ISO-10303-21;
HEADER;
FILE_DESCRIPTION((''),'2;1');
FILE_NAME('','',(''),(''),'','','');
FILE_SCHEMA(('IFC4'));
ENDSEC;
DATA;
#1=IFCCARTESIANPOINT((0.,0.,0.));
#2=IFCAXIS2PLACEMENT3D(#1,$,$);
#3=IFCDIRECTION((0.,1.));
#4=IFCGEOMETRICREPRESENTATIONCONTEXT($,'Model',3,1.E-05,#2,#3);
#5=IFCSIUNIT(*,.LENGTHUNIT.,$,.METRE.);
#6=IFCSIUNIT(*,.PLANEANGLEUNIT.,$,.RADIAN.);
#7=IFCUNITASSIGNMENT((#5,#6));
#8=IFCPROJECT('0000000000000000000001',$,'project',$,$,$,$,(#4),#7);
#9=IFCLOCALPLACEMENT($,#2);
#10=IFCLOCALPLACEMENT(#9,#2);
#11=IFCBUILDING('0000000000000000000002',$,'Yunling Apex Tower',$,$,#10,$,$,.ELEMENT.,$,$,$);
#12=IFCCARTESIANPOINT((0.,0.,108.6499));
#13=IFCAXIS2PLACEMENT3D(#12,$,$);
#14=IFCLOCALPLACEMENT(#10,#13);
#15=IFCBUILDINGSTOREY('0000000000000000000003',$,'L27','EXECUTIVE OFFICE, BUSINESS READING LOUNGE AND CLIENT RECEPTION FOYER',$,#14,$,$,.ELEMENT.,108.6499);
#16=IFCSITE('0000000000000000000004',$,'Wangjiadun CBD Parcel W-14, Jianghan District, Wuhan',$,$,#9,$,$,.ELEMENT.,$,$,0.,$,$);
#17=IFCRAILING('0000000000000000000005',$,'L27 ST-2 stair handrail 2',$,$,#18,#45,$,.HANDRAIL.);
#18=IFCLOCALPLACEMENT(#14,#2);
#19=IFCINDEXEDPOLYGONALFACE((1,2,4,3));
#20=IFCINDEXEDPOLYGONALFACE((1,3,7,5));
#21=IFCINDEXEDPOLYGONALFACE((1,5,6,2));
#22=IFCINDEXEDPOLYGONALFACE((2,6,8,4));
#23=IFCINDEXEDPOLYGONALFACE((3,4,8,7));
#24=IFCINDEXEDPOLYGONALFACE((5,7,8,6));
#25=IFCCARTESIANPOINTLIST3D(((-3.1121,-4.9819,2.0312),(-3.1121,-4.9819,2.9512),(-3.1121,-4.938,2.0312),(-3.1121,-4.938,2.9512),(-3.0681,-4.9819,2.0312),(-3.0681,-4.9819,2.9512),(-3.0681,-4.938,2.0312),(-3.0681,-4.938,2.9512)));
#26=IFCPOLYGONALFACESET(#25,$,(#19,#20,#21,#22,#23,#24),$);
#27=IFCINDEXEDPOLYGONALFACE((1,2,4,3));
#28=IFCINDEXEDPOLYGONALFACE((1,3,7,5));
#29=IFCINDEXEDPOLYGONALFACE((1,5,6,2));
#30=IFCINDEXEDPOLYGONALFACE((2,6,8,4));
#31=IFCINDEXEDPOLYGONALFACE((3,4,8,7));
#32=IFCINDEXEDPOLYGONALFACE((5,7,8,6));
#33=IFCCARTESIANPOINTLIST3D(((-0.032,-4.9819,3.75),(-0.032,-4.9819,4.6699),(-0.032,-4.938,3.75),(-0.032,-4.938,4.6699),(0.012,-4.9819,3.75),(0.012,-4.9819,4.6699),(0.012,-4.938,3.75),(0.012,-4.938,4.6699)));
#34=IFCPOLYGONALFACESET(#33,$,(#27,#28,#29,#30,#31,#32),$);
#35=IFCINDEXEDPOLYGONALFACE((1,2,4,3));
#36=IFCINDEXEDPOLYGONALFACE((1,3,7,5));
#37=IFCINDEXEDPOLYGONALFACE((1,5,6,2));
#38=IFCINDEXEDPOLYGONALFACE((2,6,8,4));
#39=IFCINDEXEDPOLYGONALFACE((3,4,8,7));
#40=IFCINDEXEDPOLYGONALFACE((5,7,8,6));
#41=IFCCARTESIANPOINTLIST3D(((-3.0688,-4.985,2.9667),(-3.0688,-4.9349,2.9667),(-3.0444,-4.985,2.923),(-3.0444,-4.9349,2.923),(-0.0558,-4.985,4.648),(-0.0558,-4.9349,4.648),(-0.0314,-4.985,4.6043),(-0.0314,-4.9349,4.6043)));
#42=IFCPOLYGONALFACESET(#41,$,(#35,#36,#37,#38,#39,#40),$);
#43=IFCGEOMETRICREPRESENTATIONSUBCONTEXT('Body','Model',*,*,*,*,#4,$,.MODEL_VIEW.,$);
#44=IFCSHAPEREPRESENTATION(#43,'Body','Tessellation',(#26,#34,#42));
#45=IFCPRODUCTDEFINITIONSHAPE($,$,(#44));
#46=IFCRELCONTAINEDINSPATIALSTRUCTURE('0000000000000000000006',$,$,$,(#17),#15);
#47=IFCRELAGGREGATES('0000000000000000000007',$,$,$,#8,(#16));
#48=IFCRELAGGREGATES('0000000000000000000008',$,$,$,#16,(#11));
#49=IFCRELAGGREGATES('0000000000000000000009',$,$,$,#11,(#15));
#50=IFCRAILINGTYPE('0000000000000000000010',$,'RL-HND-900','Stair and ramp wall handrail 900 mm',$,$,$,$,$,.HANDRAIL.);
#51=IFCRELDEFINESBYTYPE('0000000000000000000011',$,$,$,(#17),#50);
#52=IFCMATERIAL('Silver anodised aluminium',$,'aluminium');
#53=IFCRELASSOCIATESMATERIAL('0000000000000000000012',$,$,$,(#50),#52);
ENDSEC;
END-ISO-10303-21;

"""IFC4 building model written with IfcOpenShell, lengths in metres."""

from ifc_helpers import new_model, si_unit, direction, frame, origin, origin_2d, place, context, subcontext, project, spatial, rectangle, extrude, material, type_object, element, save


model = new_model("IFC4")

# Units and contexts
model_context = context("Model", 3, precision=1e-05, world=origin(), true_north=direction((0.0, 1.0)))
body_context = subcontext(model_context, "Body", "Model", "MODEL_VIEW")
ifc_project = project(units=[si_unit("LENGTHUNIT", "METRE"), si_unit("PLANEANGLEUNIT", "RADIAN")], contexts=[model_context])

# Site, building, storey
site_placement = place(None, origin())
site = spatial("IfcSite", under=ifc_project, at=site_placement, Name="Wangjiadun CBD Parcel W-14, Jianghan District, Wuhan", CompositionType="ELEMENT", RefElevation=0.0)
building_placement = place(site_placement, origin())
building = spatial("IfcBuilding", under=site, at=building_placement, Name="Yunling Apex Tower", CompositionType="ELEMENT")
storey_placement = place(building_placement, frame((0.0, 0.0, 108.6499)))
storey = spatial("IfcBuildingStorey", under=building, at=storey_placement, Name="L27", Description="EXECUTIVE OFFICE, BUSINESS READING LOUNGE AND CLIENT RECEPTION FOYER", CompositionType="ELEMENT", Elevation=108.6499)

# Railing
ifc_material_1 = material(Name="Silver anodised aluminium", Category="aluminium")
railing_type_1 = type_object("IfcRailingType", Name="RL-HND-900", Description="Stair and ramp wall handrail 900 mm", PredefinedType="HANDRAIL", material=ifc_material_1)
railing_1_placement = place(storey_placement, frame((-3.0901, -4.96, 2.0312)))
element("IfcRailing", 1, at=railing_1_placement, inside=storey, type_object=railing_type_1, Name="L27 ST-2 stair handrail 2", PredefinedType="HANDRAIL", context=body_context, shape_type="SweptSolid", body=[
    extrude(rectangle(XDim=0.0439, YDim=0.0439, at=origin_2d()), origin(), (0.0, 0.0, 1.0), 0.9199),
    extrude(rectangle(XDim=0.0439, YDim=0.0439, at=origin_2d()), frame((3.0801, 0.0, 1.7188)), (0.0, 0.0, 1.0), 0.9199),
    extrude(rectangle(XDim=0.05, YDim=0.05, at=origin_2d()), frame((0.0334, 0.0, 0.9136), z_axis=(0.873242, 0.0, 0.487288), x_axis=(0.0, 1.0, 0.0)), (0.0, 0.0, 1.0), 3.4504),
])

save(model, "model.ifc")
